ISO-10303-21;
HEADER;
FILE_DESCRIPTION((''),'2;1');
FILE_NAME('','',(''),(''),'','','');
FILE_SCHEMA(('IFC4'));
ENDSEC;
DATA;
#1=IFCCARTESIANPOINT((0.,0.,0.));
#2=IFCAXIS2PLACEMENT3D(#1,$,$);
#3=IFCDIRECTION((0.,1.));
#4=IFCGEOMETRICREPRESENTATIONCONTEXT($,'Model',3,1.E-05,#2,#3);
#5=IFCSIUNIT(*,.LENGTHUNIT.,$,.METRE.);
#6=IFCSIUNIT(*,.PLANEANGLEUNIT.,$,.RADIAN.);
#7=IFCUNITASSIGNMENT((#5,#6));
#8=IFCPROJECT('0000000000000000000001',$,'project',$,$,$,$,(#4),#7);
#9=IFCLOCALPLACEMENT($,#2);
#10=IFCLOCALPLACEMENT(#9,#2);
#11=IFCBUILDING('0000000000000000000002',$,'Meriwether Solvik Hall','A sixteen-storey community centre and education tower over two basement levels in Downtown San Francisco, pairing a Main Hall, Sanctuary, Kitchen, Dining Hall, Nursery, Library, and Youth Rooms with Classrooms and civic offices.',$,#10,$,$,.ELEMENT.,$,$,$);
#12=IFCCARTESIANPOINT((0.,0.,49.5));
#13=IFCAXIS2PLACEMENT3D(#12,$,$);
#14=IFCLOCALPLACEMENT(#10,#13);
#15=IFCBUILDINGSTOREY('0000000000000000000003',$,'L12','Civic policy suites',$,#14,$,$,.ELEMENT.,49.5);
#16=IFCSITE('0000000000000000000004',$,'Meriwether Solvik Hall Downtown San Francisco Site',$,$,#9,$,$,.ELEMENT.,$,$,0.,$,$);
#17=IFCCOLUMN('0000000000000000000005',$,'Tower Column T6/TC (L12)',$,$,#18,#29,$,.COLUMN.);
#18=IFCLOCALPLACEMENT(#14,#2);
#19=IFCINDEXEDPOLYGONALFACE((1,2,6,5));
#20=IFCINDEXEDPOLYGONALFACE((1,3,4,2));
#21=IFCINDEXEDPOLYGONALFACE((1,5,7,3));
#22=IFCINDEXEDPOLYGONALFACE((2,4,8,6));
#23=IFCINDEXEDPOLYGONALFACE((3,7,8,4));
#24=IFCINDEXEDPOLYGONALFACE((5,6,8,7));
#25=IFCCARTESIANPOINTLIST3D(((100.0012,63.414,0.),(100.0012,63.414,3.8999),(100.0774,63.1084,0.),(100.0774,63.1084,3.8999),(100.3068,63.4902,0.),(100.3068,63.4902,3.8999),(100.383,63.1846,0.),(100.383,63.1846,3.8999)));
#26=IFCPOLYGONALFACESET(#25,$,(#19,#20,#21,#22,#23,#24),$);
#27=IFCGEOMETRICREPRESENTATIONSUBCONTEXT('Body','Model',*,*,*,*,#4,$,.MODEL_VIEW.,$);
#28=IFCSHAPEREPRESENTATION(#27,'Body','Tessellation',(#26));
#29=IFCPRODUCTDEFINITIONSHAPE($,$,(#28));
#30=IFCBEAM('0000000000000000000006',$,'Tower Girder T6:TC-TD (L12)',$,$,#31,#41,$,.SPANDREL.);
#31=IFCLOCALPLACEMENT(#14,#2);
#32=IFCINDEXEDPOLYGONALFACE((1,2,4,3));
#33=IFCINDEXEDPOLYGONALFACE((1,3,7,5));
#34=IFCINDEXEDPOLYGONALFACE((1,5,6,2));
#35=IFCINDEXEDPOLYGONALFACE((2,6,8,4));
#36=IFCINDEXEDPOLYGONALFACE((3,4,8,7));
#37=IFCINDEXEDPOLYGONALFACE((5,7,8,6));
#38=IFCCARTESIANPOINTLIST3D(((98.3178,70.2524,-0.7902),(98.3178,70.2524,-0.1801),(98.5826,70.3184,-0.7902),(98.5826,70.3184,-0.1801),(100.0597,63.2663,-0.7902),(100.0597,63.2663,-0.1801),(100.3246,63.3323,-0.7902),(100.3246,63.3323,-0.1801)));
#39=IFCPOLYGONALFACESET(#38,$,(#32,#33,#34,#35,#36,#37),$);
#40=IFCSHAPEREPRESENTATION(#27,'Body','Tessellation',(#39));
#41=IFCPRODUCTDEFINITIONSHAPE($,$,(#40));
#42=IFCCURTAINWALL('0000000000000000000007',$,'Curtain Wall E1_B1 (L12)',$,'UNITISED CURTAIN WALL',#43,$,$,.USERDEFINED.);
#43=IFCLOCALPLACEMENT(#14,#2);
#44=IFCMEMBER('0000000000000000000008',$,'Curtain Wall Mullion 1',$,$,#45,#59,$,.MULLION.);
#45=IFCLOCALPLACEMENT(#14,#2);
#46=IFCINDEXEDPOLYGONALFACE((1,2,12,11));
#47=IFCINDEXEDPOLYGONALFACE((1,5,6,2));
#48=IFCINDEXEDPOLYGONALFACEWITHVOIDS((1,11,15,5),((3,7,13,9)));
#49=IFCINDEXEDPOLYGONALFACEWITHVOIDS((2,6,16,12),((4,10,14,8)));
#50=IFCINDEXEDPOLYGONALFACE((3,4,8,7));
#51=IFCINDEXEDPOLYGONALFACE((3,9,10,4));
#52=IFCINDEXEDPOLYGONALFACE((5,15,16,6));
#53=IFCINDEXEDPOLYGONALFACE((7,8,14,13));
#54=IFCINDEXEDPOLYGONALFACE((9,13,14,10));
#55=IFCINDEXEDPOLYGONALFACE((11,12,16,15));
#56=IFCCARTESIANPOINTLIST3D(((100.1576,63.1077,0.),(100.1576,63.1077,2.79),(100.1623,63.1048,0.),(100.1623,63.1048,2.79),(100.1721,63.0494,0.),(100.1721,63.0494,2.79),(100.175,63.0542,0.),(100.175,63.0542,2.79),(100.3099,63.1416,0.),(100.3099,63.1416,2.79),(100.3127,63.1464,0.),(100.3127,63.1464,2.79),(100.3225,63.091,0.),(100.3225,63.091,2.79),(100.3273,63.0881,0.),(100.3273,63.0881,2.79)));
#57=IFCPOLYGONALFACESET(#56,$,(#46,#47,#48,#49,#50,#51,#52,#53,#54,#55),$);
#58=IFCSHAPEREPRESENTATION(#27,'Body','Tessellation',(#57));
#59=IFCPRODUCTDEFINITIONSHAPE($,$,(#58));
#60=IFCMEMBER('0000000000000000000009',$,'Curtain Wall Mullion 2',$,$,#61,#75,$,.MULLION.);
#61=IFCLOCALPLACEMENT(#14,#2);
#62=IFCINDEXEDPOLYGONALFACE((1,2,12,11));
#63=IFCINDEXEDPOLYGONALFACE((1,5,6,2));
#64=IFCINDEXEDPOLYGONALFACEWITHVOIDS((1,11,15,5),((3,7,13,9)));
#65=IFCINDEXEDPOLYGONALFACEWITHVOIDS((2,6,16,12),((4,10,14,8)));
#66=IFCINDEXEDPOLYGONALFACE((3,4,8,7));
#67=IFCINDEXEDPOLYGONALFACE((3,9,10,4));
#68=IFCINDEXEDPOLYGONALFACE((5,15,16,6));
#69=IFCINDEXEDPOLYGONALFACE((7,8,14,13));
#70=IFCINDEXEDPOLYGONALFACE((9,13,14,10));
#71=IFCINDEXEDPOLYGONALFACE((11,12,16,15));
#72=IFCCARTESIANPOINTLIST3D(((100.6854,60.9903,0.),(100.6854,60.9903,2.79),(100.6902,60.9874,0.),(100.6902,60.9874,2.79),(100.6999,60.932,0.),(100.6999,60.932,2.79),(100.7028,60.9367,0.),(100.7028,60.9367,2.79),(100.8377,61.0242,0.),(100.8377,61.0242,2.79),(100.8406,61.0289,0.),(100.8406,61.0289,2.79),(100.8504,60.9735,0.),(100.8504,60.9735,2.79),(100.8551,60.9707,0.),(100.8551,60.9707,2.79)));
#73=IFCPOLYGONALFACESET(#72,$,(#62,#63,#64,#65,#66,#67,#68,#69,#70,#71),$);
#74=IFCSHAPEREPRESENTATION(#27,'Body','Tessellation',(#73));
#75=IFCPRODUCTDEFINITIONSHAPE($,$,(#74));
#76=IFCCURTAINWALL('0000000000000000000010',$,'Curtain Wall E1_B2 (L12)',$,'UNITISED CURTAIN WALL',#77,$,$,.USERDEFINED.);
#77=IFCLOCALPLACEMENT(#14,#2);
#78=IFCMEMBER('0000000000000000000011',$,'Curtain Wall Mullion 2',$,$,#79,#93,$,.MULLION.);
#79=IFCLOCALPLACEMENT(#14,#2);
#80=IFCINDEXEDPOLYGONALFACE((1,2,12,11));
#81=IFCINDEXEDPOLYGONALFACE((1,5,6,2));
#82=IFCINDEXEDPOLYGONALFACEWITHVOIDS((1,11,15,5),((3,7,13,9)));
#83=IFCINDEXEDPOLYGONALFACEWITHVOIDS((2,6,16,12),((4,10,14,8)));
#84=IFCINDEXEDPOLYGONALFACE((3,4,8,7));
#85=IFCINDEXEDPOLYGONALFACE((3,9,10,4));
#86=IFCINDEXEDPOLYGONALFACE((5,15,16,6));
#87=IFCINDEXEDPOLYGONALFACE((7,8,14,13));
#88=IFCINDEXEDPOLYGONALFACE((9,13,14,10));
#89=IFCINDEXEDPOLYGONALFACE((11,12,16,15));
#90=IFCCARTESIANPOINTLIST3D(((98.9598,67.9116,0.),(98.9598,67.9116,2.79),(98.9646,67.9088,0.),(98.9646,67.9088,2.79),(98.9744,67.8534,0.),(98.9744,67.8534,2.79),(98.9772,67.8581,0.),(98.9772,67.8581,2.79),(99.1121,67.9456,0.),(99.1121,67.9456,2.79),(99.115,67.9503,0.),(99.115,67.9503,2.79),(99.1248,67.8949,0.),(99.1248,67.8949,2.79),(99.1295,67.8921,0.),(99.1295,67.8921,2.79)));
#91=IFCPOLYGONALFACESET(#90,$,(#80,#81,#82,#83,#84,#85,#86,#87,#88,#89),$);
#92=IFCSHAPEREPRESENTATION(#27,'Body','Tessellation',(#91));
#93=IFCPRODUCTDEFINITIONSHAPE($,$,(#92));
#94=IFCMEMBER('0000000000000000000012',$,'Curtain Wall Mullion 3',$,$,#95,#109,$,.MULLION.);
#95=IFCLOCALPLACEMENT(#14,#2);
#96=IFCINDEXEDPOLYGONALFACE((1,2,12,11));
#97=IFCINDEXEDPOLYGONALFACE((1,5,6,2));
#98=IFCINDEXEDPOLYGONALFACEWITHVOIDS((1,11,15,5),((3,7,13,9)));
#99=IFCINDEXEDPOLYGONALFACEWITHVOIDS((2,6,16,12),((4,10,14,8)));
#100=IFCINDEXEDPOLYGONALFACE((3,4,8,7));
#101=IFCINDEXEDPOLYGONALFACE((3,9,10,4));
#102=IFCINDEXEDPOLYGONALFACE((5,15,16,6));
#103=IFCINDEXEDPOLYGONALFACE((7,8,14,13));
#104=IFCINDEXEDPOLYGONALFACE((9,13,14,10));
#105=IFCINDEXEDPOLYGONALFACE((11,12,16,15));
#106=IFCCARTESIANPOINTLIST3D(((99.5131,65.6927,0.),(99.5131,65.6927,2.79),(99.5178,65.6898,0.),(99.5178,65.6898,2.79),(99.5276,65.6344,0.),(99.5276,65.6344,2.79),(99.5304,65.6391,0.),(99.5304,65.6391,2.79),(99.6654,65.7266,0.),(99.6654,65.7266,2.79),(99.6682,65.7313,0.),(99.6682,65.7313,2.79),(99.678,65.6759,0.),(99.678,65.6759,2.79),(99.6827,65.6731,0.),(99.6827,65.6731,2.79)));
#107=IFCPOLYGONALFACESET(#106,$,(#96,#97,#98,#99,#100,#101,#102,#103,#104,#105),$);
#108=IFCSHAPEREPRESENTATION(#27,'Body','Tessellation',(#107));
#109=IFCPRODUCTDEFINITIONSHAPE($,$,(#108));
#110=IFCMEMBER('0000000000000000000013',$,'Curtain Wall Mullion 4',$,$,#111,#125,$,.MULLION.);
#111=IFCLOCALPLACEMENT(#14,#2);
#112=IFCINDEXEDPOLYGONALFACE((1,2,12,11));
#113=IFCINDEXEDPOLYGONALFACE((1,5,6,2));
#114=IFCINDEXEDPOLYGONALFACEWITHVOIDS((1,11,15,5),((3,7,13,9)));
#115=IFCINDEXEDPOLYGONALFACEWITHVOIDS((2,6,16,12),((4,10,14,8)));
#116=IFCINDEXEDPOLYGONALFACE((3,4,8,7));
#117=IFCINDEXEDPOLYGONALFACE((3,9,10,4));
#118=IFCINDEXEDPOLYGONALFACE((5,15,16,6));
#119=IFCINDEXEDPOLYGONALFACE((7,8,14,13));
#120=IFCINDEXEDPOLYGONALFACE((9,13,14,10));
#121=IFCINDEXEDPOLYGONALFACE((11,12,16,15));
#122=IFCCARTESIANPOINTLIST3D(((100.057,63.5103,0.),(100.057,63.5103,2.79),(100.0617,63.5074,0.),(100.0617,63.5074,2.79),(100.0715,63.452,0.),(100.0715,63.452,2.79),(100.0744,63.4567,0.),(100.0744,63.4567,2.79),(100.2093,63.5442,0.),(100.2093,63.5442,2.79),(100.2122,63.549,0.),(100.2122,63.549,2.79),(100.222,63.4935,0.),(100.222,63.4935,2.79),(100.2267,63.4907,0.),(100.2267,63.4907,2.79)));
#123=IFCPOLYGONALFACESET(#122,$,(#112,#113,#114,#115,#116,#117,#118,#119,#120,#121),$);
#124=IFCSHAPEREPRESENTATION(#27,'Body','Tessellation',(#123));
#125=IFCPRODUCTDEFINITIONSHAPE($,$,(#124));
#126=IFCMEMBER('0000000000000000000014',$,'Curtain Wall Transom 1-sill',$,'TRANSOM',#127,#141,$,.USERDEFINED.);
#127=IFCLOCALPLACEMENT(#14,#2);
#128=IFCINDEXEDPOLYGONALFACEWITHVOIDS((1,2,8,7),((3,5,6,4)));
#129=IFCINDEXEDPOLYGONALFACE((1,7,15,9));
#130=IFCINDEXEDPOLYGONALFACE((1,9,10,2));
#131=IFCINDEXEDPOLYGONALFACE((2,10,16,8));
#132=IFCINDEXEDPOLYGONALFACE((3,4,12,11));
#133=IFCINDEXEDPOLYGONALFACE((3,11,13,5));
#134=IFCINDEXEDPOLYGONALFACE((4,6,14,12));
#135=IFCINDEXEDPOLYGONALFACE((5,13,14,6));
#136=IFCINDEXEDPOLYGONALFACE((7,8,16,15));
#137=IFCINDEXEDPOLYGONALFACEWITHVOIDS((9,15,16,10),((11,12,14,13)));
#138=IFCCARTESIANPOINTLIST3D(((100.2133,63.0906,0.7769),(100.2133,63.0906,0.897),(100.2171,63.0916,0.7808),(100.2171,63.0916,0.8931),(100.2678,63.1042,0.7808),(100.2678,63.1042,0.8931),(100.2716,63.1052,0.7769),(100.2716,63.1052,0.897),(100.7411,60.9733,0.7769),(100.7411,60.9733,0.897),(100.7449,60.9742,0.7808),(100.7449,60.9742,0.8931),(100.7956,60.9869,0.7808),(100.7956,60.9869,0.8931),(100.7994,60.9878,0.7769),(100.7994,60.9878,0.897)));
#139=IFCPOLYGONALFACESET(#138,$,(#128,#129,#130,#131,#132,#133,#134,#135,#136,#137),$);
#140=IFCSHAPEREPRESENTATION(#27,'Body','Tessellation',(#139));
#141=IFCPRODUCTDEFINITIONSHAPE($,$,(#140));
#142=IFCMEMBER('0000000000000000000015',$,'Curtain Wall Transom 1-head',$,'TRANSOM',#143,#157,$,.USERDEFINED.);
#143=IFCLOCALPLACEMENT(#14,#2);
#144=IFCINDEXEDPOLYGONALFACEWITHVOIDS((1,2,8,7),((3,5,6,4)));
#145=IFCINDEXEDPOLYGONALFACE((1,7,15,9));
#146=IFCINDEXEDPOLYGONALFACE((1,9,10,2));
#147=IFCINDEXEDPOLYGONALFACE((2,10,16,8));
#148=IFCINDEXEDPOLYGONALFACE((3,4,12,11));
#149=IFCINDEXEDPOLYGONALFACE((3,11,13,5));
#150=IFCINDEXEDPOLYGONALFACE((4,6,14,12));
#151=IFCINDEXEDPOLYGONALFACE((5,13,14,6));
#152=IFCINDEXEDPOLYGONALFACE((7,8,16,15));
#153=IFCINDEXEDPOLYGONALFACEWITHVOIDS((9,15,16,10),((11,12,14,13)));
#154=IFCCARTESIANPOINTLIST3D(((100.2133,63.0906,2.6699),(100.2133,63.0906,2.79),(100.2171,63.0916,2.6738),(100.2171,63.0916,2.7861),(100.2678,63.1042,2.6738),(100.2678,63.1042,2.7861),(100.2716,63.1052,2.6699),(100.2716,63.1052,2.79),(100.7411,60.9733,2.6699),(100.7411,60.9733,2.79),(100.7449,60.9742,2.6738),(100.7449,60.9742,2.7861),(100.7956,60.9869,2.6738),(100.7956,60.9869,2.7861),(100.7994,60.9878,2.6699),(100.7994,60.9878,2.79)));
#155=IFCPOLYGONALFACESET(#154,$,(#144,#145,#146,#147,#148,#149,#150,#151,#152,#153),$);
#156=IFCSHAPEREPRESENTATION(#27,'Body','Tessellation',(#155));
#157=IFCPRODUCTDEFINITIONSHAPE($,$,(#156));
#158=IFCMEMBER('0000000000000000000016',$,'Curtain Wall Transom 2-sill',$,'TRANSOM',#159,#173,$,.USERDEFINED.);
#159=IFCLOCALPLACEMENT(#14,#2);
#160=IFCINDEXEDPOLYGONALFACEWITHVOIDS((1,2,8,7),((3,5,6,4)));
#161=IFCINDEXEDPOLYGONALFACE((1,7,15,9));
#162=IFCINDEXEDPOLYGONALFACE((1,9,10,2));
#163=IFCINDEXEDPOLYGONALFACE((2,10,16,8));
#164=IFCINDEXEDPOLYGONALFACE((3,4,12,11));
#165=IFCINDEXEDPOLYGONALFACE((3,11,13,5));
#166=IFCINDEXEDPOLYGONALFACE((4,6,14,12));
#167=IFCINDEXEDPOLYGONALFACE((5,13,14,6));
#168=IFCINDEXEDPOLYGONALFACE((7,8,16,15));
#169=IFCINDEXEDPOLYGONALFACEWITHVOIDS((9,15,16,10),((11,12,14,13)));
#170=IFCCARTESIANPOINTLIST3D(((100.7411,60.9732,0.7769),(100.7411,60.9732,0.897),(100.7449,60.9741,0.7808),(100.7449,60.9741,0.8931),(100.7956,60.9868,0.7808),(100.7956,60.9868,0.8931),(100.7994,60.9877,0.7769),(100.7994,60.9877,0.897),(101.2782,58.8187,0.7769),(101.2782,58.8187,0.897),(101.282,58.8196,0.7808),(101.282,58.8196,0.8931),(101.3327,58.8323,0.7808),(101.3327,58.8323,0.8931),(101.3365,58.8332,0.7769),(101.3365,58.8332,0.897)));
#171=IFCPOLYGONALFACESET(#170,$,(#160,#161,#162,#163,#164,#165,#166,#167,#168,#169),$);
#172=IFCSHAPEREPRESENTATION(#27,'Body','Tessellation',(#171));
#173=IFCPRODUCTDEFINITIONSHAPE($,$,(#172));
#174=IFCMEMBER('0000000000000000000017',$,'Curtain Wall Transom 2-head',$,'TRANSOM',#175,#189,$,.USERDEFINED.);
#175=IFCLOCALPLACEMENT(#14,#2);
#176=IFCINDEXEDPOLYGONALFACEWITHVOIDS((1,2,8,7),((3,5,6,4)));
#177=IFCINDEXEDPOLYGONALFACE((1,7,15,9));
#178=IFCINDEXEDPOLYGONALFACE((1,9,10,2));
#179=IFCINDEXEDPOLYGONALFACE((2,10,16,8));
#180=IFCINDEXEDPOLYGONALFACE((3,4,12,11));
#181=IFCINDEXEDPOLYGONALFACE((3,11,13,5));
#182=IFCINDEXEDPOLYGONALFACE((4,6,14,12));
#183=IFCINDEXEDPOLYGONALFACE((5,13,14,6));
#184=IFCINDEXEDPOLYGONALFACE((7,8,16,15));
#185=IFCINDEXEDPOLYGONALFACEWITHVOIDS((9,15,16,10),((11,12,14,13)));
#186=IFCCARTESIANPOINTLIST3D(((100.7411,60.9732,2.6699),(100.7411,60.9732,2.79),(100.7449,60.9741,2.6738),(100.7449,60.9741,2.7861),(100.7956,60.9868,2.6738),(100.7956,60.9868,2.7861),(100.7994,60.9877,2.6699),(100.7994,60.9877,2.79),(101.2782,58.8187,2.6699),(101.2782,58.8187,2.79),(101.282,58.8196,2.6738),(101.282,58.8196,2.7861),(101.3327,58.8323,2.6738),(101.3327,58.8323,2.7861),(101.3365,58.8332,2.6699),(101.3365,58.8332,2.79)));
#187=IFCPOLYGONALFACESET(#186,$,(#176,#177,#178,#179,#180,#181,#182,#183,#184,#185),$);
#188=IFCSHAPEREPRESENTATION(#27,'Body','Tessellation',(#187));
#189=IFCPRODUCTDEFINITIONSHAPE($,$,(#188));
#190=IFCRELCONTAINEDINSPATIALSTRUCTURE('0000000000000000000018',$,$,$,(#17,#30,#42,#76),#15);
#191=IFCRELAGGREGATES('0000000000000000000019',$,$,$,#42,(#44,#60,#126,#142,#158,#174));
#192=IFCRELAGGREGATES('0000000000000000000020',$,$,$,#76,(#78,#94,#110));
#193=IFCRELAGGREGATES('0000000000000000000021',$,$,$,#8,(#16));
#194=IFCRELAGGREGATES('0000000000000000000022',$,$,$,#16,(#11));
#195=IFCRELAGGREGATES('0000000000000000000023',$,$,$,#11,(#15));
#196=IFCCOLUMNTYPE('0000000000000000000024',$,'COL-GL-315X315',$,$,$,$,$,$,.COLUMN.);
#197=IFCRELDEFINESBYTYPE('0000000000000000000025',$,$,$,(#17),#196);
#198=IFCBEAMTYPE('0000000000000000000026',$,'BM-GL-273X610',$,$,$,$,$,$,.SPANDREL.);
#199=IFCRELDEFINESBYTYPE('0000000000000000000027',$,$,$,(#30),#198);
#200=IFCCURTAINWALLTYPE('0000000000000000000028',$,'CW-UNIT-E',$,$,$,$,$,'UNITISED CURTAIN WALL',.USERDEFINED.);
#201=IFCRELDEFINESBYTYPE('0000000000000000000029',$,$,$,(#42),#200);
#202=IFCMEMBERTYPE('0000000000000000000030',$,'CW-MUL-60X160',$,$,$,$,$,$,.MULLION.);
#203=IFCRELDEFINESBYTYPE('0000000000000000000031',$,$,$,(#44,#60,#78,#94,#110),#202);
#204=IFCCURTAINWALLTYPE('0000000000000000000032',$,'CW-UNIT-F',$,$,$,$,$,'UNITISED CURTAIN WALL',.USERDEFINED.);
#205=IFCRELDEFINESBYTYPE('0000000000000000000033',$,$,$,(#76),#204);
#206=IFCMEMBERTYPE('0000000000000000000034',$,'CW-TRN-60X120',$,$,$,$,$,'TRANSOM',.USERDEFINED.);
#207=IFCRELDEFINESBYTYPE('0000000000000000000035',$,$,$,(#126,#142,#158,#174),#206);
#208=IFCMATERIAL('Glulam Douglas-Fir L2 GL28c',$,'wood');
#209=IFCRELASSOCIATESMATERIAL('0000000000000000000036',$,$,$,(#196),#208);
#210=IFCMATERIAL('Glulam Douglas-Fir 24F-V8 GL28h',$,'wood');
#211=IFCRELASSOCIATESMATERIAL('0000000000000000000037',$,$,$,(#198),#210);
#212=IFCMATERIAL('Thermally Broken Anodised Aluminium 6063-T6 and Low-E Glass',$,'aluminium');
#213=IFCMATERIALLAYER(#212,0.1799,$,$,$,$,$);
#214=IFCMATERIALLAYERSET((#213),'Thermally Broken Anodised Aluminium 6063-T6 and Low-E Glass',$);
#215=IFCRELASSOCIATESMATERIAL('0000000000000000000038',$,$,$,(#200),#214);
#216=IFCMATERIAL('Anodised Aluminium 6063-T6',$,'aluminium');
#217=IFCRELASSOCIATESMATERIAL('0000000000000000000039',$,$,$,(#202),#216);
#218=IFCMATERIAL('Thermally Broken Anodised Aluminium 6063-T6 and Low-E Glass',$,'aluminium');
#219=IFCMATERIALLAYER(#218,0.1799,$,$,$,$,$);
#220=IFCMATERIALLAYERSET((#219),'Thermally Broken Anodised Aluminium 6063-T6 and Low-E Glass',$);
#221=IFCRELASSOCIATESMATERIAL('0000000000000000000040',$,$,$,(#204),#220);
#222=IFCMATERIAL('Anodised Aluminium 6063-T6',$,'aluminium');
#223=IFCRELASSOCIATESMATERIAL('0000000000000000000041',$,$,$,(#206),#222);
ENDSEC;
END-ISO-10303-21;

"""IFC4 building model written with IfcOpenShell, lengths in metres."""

from ifc_helpers import new_model, si_unit, direction, frame, origin, origin_2d, place, context, subcontext, project, spatial, rectangle, hollow_rectangle, extrude, material, layer, layer_set, material_profile, profile_set, type_object, element, aggregate, save


model = new_model("IFC4")

# Units and contexts
model_context = context("Model", 3, precision=1e-05, world=origin(), true_north=direction((0.0, 1.0)))
body_context = subcontext(model_context, "Body", "Model", "MODEL_VIEW")
ifc_project = project(units=[si_unit("LENGTHUNIT", "METRE"), si_unit("PLANEANGLEUNIT", "RADIAN")], contexts=[model_context])

# Site, building, storey
site_placement = place(None, origin())
site = spatial("IfcSite", under=ifc_project, at=site_placement, Name="Meriwether Solvik Hall Downtown San Francisco Site", CompositionType="ELEMENT", RefElevation=0.0)
building_placement = place(site_placement, origin())
building = spatial("IfcBuilding", under=site, at=building_placement, Name="Meriwether Solvik Hall", Description="A sixteen-storey community centre and education tower over two basement levels in Downtown San Francisco, pairing a Main Hall, Sanctuary, Kitchen, Dining Hall, Nursery, Library, and Youth Rooms with Classrooms and civic offices.", CompositionType="ELEMENT")
storey_placement = place(building_placement, frame((0.0, 0.0, 49.5)))
storey = spatial("IfcBuildingStorey", under=building, at=storey_placement, Name="L12", Description="Civic policy suites", CompositionType="ELEMENT", Elevation=49.5)

# Column
ifc_material_1 = material(Name="Glulam Douglas-Fir L2 GL28c", Category="wood")
ifc_material_profile_1 = material_profile(ifc_material_1, rectangle(XDim=0.3149, YDim=0.3149, at=origin_2d()), Name="GLC-315X315")
ifc_profile_set_1 = profile_set([ifc_material_profile_1], Name="Glulam Douglas-Fir L2 GL28c")
column_type = type_object("IfcColumnType", Name="COL-GL-315X315", PredefinedType="COLUMN", material=ifc_profile_set_1)
column_placement = place(storey_placement, frame((100.1921, 63.2993, 0.0), z_axis=(0.0, 0.0, 1.0), x_axis=(0.970296, 0.241922, 0.0)))
element("IfcColumn", 1, at=column_placement, inside=storey, type_object=column_type, Name="Tower Column T6/TC (L12)", PredefinedType="COLUMN", context=body_context, shape_type="SweptSolid", body=[
    extrude(rectangle(XDim=0.3149, YDim=0.3149, at=origin_2d()), origin(), (0.0, 0.0, 1.0), 3.8999),
])

# Beam
ifc_material_2 = material(Name="Glulam Douglas-Fir 24F-V8 GL28h", Category="wood")
ifc_material_profile_2 = material_profile(ifc_material_2, rectangle(XDim=0.2729, YDim=0.6101, at=origin_2d()), Name="GLB-273X610")
ifc_profile_set_2 = profile_set([ifc_material_profile_2], Name="Glulam Douglas-Fir 24F-V8 GL28h")
beam_type_1 = type_object("IfcBeamType", Name="BM-GL-273X610", PredefinedType="SPANDREL", material=ifc_profile_set_2)
beam_1_placement = place(storey_placement, frame((100.1921, 63.2993, -0.4851), z_axis=(-0.241937, 0.970292, 0.0), x_axis=(-0.970292, -0.241937, 0.0)))
element("IfcBeam", 2, at=beam_1_placement, inside=storey, type_object=beam_type_1, Name="Tower Girder T6:TC-TD (L12)", PredefinedType="SPANDREL", context=body_context, shape_type="SweptSolid", body=[
    extrude(rectangle(XDim=0.2729, YDim=0.6101, at=origin_2d()), origin(), (0.0, 0.0, 1.0), 7.2),
])

# Curtain walls, members
ifc_material_3 = material(Name="Thermally Broken Anodised Aluminium 6063-T6 and Low-E Glass", Category="aluminium")
ifc_layer_1 = layer(ifc_material_3, 0.1799)
ifc_layer_set_1 = layer_set([ifc_layer_1], Name="Thermally Broken Anodised Aluminium 6063-T6 and Low-E Glass")
curtain_wall_type_1 = type_object("IfcCurtainWallType", Name="CW-UNIT-E", ElementType="UNITISED CURTAIN WALL", PredefinedType="USERDEFINED", material=ifc_layer_set_1)
curtain_wall_1_placement = place(storey_placement, origin())
curtain_wall_1 = element("IfcCurtainWall", 3, at=curtain_wall_1_placement, inside=storey, type_object=curtain_wall_type_1, Name="Curtain Wall E1_B1 (L12)", ObjectType="UNITISED CURTAIN WALL", PredefinedType="USERDEFINED")
ifc_material_4 = material(Name="Anodised Aluminium 6063-T6", Category="aluminium")
ifc_material_profile_3 = material_profile(ifc_material_4, hollow_rectangle(XDim=0.0601, YDim=0.1599, WallThickness=0.0039, at=origin_2d()), Name="CWM-60X160")
ifc_profile_set_3 = profile_set([ifc_material_profile_3], Name="Anodised Aluminium 6063-T6")
member_type_1 = type_object("IfcMemberType", Name="CW-MUL-60X160", PredefinedType="MULLION", material=ifc_profile_set_3)
member_1_placement = place(storey_placement, frame((100.2424, 63.0979, 0.0), z_axis=(0.0, 0.0, 1.0), x_axis=(0.241922, -0.970296, 0.0)))
member_1 = element("IfcMember", 4, at=member_1_placement, type_object=member_type_1, Name="Curtain Wall Mullion 1", PredefinedType="MULLION", context=body_context, shape_type="SweptSolid", body=[
    extrude(hollow_rectangle(XDim=0.0601, YDim=0.1599, WallThickness=0.0039, at=origin_2d()), origin(), (0.0, 0.0, 1.0), 2.79),
])
member_2_placement = place(storey_placement, frame((100.7703, 60.9805, 0.0), z_axis=(0.0, 0.0, 1.0), x_axis=(0.241922, -0.970296, 0.0)))
member_2 = element("IfcMember", 5, at=member_2_placement, type_object=member_type_1, Name="Curtain Wall Mullion 2", PredefinedType="MULLION", context=body_context, shape_type="SweptSolid", body=[
    extrude(hollow_rectangle(XDim=0.0601, YDim=0.1599, WallThickness=0.0039, at=origin_2d()), origin(), (0.0, 0.0, 1.0), 2.79),
])
ifc_material_5 = material(Name="Thermally Broken Anodised Aluminium 6063-T6 and Low-E Glass", Category="aluminium")
ifc_layer_2 = layer(ifc_material_5, 0.1799)
ifc_layer_set_2 = layer_set([ifc_layer_2], Name="Thermally Broken Anodised Aluminium 6063-T6 and Low-E Glass")
curtain_wall_type_2 = type_object("IfcCurtainWallType", Name="CW-UNIT-F", ElementType="UNITISED CURTAIN WALL", PredefinedType="USERDEFINED", material=ifc_layer_set_2)
curtain_wall_2_placement = place(storey_placement, origin())
curtain_wall_2 = element("IfcCurtainWall", 6, at=curtain_wall_2_placement, inside=storey, type_object=curtain_wall_type_2, Name="Curtain Wall E1_B2 (L12)", ObjectType="UNITISED CURTAIN WALL", PredefinedType="USERDEFINED")
member_3_placement = place(storey_placement, frame((99.0447, 67.9019, 0.0), z_axis=(0.0, 0.0, 1.0), x_axis=(0.241922, -0.970296, 0.0)))
member_3 = element("IfcMember", 7, at=member_3_placement, type_object=member_type_1, Name="Curtain Wall Mullion 2", PredefinedType="MULLION", context=body_context, shape_type="SweptSolid", body=[
    extrude(hollow_rectangle(XDim=0.0601, YDim=0.1599, WallThickness=0.0039, at=origin_2d()), origin(), (0.0, 0.0, 1.0), 2.79),
])
member_4_placement = place(storey_placement, frame((99.5979, 65.6829, 0.0), z_axis=(0.0, 0.0, 1.0), x_axis=(0.241922, -0.970296, 0.0)))
member_4 = element("IfcMember", 8, at=member_4_placement, type_object=member_type_1, Name="Curtain Wall Mullion 3", PredefinedType="MULLION", context=body_context, shape_type="SweptSolid", body=[
    extrude(hollow_rectangle(XDim=0.0601, YDim=0.1599, WallThickness=0.0039, at=origin_2d()), origin(), (0.0, 0.0, 1.0), 2.79),
])
member_5_placement = place(storey_placement, frame((100.1418, 63.5005, 0.0), z_axis=(0.0, 0.0, 1.0), x_axis=(0.241922, -0.970296, 0.0)))
member_5 = element("IfcMember", 9, at=member_5_placement, type_object=member_type_1, Name="Curtain Wall Mullion 4", PredefinedType="MULLION", context=body_context, shape_type="SweptSolid", body=[
    extrude(hollow_rectangle(XDim=0.0601, YDim=0.1599, WallThickness=0.0039, at=origin_2d()), origin(), (0.0, 0.0, 1.0), 2.79),
])

# Members
ifc_material_6 = material(Name="Anodised Aluminium 6063-T6", Category="aluminium")
ifc_material_profile_4 = material_profile(ifc_material_6, hollow_rectangle(XDim=0.0601, YDim=0.1201, WallThickness=0.0039, at=origin_2d()), Name="CWT-60X120")
ifc_profile_set_4 = profile_set([ifc_material_profile_4], Name="Anodised Aluminium 6063-T6")
member_type_2 = type_object("IfcMemberType", Name="CW-TRN-60X120", ElementType="TRANSOM", PredefinedType="USERDEFINED", material=ifc_profile_set_4)
member_6_placement = place(storey_placement, frame((100.2424, 63.0979, 0.8369), z_axis=(0.241877, -0.970307, 0.0), x_axis=(0.970307, 0.241877, 0.0)))
member_6 = element("IfcMember", 10, at=member_6_placement, type_object=member_type_2, Name="Curtain Wall Transom 1-sill", ObjectType="TRANSOM", PredefinedType="USERDEFINED", context=body_context, shape_type="SweptSolid", body=[
    extrude(hollow_rectangle(XDim=0.0601, YDim=0.1201, WallThickness=0.0039, at=origin_2d()), origin(), (0.0, 0.0, 1.0), 2.1821),
])
member_7_placement = place(storey_placement, frame((100.2424, 63.0979, 2.73), z_axis=(0.241877, -0.970307, 0.0), x_axis=(0.970307, 0.241877, 0.0)))
member_7 = element("IfcMember", 11, at=member_7_placement, type_object=member_type_2, Name="Curtain Wall Transom 1-head", ObjectType="TRANSOM", PredefinedType="USERDEFINED", context=body_context, shape_type="SweptSolid", body=[
    extrude(hollow_rectangle(XDim=0.0601, YDim=0.1201, WallThickness=0.0039, at=origin_2d()), origin(), (0.0, 0.0, 1.0), 2.1821),
])
member_8_placement = place(storey_placement, frame((100.7703, 60.9805, 0.8369), z_axis=(0.241889, -0.970304, 0.0), x_axis=(0.970304, 0.241889, 0.0)))
member_8 = element("IfcMember", 12, at=member_8_placement, type_object=member_type_2, Name="Curtain Wall Transom 2-sill", ObjectType="TRANSOM", PredefinedType="USERDEFINED", context=body_context, shape_type="SweptSolid", body=[
    extrude(hollow_rectangle(XDim=0.0601, YDim=0.1201, WallThickness=0.0039, at=origin_2d()), origin(), (0.0, 0.0, 1.0), 2.2205),
])
member_9_placement = place(storey_placement, frame((100.7703, 60.9805, 2.73), z_axis=(0.241889, -0.970304, 0.0), x_axis=(0.970304, 0.241889, 0.0)))
member_9 = element("IfcMember", 13, at=member_9_placement, type_object=member_type_2, Name="Curtain Wall Transom 2-head", ObjectType="TRANSOM", PredefinedType="USERDEFINED", context=body_context, shape_type="SweptSolid", body=[
    extrude(hollow_rectangle(XDim=0.0601, YDim=0.1201, WallThickness=0.0039, at=origin_2d()), origin(), (0.0, 0.0, 1.0), 2.2205),
])

aggregate(curtain_wall_1, [member_1, member_2, member_6, member_7, member_8, member_9])
aggregate(curtain_wall_2, [member_3, member_4, member_5])

save(model, "model.ifc")
